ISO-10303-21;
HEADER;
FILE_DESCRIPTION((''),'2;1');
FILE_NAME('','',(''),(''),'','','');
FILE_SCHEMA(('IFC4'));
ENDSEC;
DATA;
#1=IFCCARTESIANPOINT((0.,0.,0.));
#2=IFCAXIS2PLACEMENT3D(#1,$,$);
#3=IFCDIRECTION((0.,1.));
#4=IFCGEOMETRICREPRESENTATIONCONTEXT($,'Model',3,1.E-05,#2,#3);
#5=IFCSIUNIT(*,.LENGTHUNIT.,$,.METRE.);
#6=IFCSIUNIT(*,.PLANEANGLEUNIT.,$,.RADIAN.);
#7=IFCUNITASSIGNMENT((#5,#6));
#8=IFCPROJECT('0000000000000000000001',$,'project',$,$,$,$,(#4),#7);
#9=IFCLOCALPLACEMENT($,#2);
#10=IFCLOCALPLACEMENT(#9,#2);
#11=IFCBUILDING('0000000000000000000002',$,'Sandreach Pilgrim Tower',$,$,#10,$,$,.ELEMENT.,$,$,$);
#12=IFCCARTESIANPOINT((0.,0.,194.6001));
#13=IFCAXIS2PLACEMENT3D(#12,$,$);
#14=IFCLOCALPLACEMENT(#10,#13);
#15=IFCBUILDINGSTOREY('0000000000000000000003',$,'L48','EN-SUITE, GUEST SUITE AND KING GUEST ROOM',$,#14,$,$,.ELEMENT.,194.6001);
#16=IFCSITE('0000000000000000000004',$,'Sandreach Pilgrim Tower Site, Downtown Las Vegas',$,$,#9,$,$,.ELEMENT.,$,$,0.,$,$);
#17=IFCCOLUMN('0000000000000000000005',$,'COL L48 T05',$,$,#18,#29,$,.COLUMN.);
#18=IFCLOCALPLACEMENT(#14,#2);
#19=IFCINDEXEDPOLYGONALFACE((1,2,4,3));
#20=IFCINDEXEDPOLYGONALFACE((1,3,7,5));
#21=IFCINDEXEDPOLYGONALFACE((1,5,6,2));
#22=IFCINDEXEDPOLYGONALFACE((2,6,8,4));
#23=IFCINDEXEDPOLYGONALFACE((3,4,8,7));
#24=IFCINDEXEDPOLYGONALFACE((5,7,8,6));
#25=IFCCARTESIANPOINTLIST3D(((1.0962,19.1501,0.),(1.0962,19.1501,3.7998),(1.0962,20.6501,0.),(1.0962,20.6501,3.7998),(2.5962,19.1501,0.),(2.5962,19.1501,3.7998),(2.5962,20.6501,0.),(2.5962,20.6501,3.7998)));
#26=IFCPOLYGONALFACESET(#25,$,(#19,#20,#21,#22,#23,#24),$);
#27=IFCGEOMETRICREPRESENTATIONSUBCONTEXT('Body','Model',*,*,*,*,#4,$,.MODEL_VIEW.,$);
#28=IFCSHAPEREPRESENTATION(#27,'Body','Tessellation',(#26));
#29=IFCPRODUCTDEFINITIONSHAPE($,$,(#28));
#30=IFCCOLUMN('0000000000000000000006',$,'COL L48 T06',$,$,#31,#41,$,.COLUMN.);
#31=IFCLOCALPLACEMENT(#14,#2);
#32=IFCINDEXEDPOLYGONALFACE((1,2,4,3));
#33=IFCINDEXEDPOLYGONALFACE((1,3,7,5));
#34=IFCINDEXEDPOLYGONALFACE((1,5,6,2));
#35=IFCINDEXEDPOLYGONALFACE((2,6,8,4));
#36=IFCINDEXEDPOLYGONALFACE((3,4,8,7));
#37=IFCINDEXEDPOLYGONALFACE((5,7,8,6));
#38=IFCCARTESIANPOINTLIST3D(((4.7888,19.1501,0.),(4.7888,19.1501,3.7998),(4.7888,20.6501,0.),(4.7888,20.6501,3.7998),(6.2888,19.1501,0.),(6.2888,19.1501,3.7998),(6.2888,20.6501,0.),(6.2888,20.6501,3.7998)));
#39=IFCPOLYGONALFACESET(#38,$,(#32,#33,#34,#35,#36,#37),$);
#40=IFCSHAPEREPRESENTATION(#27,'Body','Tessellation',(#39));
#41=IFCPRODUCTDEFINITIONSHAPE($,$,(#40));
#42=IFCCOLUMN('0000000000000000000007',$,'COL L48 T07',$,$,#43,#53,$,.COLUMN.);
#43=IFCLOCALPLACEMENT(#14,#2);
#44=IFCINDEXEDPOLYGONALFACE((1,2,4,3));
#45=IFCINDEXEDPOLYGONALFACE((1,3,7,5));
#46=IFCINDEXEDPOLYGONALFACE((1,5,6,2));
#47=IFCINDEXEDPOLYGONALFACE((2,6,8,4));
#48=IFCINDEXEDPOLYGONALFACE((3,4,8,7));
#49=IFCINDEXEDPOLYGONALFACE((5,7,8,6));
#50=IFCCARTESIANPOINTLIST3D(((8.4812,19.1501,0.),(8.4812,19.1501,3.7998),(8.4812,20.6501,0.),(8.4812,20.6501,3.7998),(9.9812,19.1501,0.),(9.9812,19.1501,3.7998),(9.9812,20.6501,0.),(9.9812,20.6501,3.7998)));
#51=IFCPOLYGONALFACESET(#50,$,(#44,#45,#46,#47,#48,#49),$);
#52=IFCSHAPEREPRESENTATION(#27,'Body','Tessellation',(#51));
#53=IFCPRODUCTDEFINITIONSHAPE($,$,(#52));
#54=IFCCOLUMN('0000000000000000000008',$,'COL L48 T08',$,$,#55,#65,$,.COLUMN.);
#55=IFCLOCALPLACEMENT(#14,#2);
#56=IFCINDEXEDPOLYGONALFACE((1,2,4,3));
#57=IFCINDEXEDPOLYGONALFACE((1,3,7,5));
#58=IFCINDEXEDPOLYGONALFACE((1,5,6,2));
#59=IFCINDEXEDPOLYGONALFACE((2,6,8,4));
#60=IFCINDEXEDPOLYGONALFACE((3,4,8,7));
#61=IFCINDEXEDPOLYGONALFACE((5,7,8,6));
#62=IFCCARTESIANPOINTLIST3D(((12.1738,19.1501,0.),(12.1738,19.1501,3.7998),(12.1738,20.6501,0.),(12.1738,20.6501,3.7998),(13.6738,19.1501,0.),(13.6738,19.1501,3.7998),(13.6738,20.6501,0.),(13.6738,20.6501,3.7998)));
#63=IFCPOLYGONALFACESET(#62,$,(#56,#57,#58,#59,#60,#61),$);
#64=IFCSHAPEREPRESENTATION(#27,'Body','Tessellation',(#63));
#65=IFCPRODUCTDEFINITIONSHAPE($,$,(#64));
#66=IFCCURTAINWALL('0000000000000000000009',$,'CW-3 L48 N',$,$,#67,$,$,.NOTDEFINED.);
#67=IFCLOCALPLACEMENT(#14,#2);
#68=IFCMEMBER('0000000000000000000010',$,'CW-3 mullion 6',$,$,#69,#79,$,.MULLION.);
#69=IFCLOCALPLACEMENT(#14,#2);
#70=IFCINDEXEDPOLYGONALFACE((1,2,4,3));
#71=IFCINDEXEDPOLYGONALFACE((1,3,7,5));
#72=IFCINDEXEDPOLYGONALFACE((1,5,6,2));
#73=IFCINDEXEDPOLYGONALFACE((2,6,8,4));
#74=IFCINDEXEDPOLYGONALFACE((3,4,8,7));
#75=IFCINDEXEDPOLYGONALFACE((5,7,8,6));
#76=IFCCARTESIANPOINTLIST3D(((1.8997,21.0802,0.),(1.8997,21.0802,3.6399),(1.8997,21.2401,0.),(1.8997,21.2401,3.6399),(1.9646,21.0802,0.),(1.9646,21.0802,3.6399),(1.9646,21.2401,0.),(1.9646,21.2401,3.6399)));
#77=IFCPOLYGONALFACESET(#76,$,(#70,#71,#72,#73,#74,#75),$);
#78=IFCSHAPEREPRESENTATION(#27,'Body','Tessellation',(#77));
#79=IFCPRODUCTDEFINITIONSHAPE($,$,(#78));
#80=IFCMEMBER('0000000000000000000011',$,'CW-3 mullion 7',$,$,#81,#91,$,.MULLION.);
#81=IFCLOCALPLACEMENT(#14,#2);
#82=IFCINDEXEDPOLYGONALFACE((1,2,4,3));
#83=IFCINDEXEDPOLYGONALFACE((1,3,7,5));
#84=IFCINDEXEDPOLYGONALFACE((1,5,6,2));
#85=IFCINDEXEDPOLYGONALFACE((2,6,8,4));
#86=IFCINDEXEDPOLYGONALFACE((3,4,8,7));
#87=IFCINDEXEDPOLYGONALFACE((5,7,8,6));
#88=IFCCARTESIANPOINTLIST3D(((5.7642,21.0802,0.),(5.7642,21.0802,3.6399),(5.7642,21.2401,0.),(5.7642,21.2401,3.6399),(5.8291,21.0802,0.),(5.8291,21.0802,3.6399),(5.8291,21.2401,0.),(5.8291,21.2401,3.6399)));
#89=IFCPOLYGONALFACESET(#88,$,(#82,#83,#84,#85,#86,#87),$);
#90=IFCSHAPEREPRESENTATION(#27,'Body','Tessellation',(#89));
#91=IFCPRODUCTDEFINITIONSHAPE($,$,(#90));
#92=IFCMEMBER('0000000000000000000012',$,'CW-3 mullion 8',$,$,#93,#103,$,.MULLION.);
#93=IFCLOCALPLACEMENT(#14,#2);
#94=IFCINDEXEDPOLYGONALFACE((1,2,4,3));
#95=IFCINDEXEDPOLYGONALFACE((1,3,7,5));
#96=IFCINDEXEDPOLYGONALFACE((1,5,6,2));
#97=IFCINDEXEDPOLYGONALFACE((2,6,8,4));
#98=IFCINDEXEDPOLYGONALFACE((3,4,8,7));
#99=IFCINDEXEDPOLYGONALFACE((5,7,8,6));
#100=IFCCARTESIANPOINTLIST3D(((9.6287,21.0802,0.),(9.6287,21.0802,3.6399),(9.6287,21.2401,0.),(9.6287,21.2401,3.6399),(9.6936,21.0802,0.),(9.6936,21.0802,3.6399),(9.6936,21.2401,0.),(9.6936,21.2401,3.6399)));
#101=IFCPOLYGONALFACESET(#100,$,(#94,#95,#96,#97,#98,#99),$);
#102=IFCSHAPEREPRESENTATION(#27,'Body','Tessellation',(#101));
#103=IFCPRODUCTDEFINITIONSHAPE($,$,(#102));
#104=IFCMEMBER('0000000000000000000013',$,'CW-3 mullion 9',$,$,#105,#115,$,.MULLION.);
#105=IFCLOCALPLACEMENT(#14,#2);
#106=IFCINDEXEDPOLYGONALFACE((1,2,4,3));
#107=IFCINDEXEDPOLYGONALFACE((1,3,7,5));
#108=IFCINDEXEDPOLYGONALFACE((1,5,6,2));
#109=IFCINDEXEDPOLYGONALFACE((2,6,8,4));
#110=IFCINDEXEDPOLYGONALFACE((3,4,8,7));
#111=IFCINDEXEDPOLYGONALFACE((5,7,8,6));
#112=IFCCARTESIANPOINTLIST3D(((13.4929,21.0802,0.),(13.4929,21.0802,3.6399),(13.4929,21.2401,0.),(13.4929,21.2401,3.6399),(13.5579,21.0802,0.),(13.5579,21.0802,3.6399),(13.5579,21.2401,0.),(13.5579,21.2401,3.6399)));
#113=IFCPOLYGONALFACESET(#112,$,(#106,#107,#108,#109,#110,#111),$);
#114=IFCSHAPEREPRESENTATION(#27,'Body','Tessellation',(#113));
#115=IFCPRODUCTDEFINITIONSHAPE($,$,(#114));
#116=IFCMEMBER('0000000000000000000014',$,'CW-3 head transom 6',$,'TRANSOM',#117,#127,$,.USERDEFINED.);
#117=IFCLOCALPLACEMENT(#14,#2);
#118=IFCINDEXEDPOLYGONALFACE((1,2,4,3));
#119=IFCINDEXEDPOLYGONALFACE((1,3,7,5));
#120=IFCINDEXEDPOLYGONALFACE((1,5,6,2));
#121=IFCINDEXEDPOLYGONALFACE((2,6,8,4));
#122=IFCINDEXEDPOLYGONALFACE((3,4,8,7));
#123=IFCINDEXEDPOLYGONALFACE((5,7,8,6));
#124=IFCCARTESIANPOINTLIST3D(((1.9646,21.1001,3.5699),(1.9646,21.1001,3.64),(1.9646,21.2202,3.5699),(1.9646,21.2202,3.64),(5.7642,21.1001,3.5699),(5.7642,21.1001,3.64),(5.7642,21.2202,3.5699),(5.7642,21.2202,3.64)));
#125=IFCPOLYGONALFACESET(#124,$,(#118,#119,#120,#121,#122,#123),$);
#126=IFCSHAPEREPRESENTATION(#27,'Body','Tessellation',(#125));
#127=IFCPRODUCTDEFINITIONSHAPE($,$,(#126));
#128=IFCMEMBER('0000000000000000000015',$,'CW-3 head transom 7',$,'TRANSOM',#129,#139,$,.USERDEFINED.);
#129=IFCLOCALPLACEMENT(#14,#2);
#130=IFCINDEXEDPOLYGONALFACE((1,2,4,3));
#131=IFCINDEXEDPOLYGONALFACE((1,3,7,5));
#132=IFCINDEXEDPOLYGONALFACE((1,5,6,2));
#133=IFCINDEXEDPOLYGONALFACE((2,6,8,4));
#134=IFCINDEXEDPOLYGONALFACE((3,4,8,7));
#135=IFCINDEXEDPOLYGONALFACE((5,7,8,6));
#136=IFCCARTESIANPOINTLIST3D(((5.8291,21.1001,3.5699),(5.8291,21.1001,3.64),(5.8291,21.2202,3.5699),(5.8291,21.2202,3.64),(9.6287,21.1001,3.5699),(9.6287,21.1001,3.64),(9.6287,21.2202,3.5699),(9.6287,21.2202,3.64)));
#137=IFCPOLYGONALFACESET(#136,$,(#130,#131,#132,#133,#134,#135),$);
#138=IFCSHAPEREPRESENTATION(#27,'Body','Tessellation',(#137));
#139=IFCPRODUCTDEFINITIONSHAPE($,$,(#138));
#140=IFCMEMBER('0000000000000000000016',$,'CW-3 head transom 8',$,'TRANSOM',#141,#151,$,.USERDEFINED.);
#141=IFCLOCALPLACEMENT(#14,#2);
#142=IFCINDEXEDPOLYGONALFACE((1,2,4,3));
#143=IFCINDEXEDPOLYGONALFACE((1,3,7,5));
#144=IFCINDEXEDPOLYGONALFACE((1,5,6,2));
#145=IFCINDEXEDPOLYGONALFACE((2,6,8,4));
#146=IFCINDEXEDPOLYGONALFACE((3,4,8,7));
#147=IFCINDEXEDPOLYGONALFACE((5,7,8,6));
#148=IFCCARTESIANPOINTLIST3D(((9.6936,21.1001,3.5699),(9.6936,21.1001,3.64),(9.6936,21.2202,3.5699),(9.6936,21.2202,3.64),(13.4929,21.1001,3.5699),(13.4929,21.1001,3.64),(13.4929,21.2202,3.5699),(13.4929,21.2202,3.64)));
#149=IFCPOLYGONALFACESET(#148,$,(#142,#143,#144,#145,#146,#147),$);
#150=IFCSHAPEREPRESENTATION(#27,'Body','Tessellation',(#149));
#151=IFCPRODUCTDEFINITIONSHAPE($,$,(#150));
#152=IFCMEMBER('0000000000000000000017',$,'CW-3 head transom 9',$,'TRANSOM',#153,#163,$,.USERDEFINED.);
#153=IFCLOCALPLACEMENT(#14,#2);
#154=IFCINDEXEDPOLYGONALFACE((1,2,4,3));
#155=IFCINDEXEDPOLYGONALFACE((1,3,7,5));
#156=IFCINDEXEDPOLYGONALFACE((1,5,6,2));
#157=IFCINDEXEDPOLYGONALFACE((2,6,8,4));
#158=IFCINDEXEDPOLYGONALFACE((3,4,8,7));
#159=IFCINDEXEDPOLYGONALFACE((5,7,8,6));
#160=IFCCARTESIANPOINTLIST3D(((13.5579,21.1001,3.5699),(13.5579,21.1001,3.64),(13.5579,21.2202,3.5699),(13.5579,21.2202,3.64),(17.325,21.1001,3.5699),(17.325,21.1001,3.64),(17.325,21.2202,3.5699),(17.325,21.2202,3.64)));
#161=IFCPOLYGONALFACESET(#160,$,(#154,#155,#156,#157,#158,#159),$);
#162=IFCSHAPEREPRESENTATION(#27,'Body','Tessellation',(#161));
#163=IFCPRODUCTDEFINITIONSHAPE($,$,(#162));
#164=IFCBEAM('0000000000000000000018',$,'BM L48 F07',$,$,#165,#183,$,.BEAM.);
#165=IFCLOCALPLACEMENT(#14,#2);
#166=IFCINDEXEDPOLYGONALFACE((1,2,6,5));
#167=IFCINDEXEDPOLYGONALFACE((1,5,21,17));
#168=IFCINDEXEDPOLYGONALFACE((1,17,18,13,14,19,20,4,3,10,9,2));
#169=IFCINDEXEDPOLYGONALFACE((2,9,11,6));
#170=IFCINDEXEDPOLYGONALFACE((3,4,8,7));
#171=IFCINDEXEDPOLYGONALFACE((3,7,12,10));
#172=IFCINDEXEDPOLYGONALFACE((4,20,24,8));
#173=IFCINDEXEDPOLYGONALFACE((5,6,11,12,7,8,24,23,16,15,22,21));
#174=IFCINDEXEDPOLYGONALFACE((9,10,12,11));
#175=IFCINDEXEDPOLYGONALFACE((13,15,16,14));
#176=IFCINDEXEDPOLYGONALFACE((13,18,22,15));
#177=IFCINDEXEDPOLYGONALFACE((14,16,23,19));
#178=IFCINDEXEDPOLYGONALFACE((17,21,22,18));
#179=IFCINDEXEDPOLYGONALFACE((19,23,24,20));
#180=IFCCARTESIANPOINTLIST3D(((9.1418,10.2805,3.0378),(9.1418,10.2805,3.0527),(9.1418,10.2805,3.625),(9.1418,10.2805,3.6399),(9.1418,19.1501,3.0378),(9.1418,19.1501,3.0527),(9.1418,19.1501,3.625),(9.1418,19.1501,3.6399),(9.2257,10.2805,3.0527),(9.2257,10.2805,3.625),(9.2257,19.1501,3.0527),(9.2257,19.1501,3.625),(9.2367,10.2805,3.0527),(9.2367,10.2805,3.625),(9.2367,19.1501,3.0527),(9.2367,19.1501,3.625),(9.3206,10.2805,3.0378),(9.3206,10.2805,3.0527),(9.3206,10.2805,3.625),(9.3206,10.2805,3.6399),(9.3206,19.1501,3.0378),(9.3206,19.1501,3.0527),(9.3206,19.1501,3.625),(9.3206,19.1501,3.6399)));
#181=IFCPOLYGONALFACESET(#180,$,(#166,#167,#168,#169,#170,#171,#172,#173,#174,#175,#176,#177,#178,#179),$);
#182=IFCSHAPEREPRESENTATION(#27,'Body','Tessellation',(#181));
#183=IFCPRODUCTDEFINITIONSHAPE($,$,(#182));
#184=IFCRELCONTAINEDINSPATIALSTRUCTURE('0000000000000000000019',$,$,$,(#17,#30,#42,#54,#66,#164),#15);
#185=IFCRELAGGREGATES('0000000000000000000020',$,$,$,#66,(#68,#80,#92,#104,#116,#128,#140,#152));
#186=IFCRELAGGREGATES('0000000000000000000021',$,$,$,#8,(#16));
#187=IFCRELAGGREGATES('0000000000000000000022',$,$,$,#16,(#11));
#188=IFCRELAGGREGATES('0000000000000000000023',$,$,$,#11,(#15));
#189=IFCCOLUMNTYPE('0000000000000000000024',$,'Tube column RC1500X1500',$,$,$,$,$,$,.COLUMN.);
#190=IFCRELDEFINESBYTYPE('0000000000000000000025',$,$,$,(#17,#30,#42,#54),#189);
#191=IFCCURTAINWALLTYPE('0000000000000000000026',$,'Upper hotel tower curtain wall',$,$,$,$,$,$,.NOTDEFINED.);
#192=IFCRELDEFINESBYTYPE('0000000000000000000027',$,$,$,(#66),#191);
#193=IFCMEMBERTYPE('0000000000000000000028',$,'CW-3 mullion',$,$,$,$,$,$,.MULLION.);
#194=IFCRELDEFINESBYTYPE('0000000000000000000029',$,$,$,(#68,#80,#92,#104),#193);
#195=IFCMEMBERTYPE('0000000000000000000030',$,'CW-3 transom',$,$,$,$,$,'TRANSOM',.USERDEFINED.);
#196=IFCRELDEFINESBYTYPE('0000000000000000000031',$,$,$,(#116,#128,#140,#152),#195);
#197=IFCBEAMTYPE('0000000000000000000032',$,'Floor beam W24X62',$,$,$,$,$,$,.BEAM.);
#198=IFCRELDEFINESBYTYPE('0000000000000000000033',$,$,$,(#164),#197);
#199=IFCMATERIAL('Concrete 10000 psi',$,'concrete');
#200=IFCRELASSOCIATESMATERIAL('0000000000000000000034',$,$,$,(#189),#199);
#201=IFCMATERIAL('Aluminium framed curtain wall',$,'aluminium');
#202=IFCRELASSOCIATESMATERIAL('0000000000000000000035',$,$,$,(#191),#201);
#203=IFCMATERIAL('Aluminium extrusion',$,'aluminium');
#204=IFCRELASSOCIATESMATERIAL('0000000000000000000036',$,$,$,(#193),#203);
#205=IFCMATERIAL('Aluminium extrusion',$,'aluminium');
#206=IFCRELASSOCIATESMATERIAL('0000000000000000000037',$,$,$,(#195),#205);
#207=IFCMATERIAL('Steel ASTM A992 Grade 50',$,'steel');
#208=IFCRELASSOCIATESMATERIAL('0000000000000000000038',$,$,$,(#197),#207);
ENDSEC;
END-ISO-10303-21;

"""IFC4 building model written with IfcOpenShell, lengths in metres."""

from ifc_helpers import new_model, si_unit, direction, frame, origin, origin_2d, place, context, subcontext, project, spatial, rectangle, i_section, extrude, material, material_profile, profile_set, type_object, element, aggregate, save


model = new_model("IFC4")

# Units and contexts
model_context = context("Model", 3, precision=1e-05, world=origin(), true_north=direction((0.0, 1.0)))
body_context = subcontext(model_context, "Body", "Model", "MODEL_VIEW")
ifc_project = project(units=[si_unit("LENGTHUNIT", "METRE"), si_unit("PLANEANGLEUNIT", "RADIAN")], contexts=[model_context])

# Site, building, storey
site_placement = place(None, origin())
site = spatial("IfcSite", under=ifc_project, at=site_placement, Name="Sandreach Pilgrim Tower Site, Downtown Las Vegas", CompositionType="ELEMENT", RefElevation=0.0)
building_placement = place(site_placement, origin())
building = spatial("IfcBuilding", under=site, at=building_placement, Name="Sandreach Pilgrim Tower", CompositionType="ELEMENT")
storey_placement = place(building_placement, frame((0.0, 0.0, 194.6001)))
storey = spatial("IfcBuildingStorey", under=building, at=storey_placement, Name="L48", Description="EN-SUITE, GUEST SUITE AND KING GUEST ROOM", CompositionType="ELEMENT", Elevation=194.6001)

# Columns
ifc_material_1 = material(Name="Concrete 10000 psi", Category="concrete")
ifc_material_profile_1 = material_profile(ifc_material_1, rectangle(XDim=1.5, YDim=1.5, at=origin_2d()), Name="RC1500X1500")
ifc_profile_set_1 = profile_set([ifc_material_profile_1], Name="Concrete 10000 psi")
column_type = type_object("IfcColumnType", Name="Tube column RC1500X1500", PredefinedType="COLUMN", material=ifc_profile_set_1)
for number, where, z_axis, x_axis, name in (
    (1, (1.8462, 19.9001, 0.0), (0.0, 0.0, 1.0), (0.0, 1.0, 0.0), "COL L48 T05"),
    (2, (5.5388, 19.9001, 0.0), (0.0, 0.0, 1.0), (0.0, 1.0, 0.0), "COL L48 T06"),
    (3, (9.2312, 19.9001, 0.0), (0.0, 0.0, 1.0), (0.0, 1.0, 0.0), "COL L48 T07"),
    (4, (12.9238, 19.9001, 0.0), (0.0, 0.0, 1.0), (0.0, 1.0, 0.0), "COL L48 T08"),
):
    element("IfcColumn", number, at=place(storey_placement, frame(where, z_axis=z_axis, x_axis=x_axis)), inside=storey, type_object=column_type, Name=name, PredefinedType="COLUMN", context=body_context, shape_type="SweptSolid", body=[
        extrude(rectangle(XDim=1.5, YDim=1.5, at=origin_2d()), origin(), (0.0, 0.0, 1.0), 3.7998),
    ])

# Curtain wall, members
ifc_material_2 = material(Name="Aluminium framed curtain wall", Category="aluminium")
curtain_wall_type = type_object("IfcCurtainWallType", Name="Upper hotel tower curtain wall", PredefinedType="NOTDEFINED", material=ifc_material_2)
curtain_wall_placement = place(storey_placement, origin())
curtain_wall = element("IfcCurtainWall", 5, at=curtain_wall_placement, inside=storey, type_object=curtain_wall_type, Name="CW-3 L48 N", PredefinedType="NOTDEFINED")
ifc_material_3 = material(Name="Aluminium extrusion", Category="aluminium")
ifc_material_profile_2 = material_profile(ifc_material_3, rectangle(XDim=0.0649, YDim=0.1599, at=origin_2d()), Name="CW-3M 65X160")
ifc_profile_set_2 = profile_set([ifc_material_profile_2], Name="Aluminium extrusion")
member_type_1 = type_object("IfcMemberType", Name="CW-3 mullion", PredefinedType="MULLION", material=ifc_profile_set_2)
member_1_placement = place(storey_placement, frame((1.9321, 21.1602, 0.0), z_axis=(0.0, 0.0, 1.0), x_axis=(1.0, 0.0, 0.0)))
member_1 = element("IfcMember", 6, at=member_1_placement, type_object=member_type_1, Name="CW-3 mullion 6", PredefinedType="MULLION", context=body_context, shape_type="SweptSolid", body=[
    extrude(rectangle(XDim=0.0649, YDim=0.1599, at=origin_2d()), origin(), (0.0, 0.0, 1.0), 3.6399),
])
member_2_placement = place(storey_placement, frame((5.7966, 21.1602, 0.0), z_axis=(0.0, 0.0, 1.0), x_axis=(1.0, 0.0, 0.0)))
member_2 = element("IfcMember", 7, at=member_2_placement, type_object=member_type_1, Name="CW-3 mullion 7", PredefinedType="MULLION", context=body_context, shape_type="SweptSolid", body=[
    extrude(rectangle(XDim=0.0649, YDim=0.1599, at=origin_2d()), origin(), (0.0, 0.0, 1.0), 3.6399),
])
member_3_placement = place(storey_placement, frame((9.6611, 21.1602, 0.0), z_axis=(0.0, 0.0, 1.0), x_axis=(1.0, 0.0, 0.0)))
member_3 = element("IfcMember", 8, at=member_3_placement, type_object=member_type_1, Name="CW-3 mullion 8", PredefinedType="MULLION", context=body_context, shape_type="SweptSolid", body=[
    extrude(rectangle(XDim=0.0649, YDim=0.1599, at=origin_2d()), origin(), (0.0, 0.0, 1.0), 3.6399),
])
member_4_placement = place(storey_placement, frame((13.5254, 21.1602, 0.0), z_axis=(0.0, 0.0, 1.0), x_axis=(1.0, 0.0, 0.0)))
member_4 = element("IfcMember", 9, at=member_4_placement, type_object=member_type_1, Name="CW-3 mullion 9", PredefinedType="MULLION", context=body_context, shape_type="SweptSolid", body=[
    extrude(rectangle(XDim=0.0649, YDim=0.1599, at=origin_2d()), origin(), (0.0, 0.0, 1.0), 3.6399),
])
ifc_material_4 = material(Name="Aluminium extrusion", Category="aluminium")
ifc_material_profile_3 = material_profile(ifc_material_4, rectangle(XDim=0.1201, YDim=0.0701, at=origin_2d()), Name="CW-3T 120X70")
ifc_profile_set_3 = profile_set([ifc_material_profile_3], Name="Aluminium extrusion")
member_type_2 = type_object("IfcMemberType", Name="CW-3 transom", ElementType="TRANSOM", PredefinedType="USERDEFINED", material=ifc_profile_set_3)
member_5_placement = place(storey_placement, frame((1.9646, 21.1602, 3.605), z_axis=(1.0, 0.0, 0.0), x_axis=(0.0, 1.0, 0.0)))
member_5 = element("IfcMember", 10, at=member_5_placement, type_object=member_type_2, Name="CW-3 head transom 6", ObjectType="TRANSOM", PredefinedType="USERDEFINED", context=body_context, shape_type="SweptSolid", body=[
    extrude(rectangle(XDim=0.1201, YDim=0.0701, at=origin_2d()), origin(), (0.0, 0.0, 1.0), 3.7996),
])
member_6_placement = place(storey_placement, frame((5.8291, 21.1602, 3.605), z_axis=(1.0, 0.0, 0.0), x_axis=(0.0, 1.0, 0.0)))
member_6 = element("IfcMember", 11, at=member_6_placement, type_object=member_type_2, Name="CW-3 head transom 7", ObjectType="TRANSOM", PredefinedType="USERDEFINED", context=body_context, shape_type="SweptSolid", body=[
    extrude(rectangle(XDim=0.1201, YDim=0.0701, at=origin_2d()), origin(), (0.0, 0.0, 1.0), 3.7996),
])
member_7_placement = place(storey_placement, frame((9.6936, 21.1602, 3.605), z_axis=(1.0, 0.0, 0.0), x_axis=(0.0, 1.0, 0.0)))
member_7 = element("IfcMember", 12, at=member_7_placement, type_object=member_type_2, Name="CW-3 head transom 8", ObjectType="TRANSOM", PredefinedType="USERDEFINED", context=body_context, shape_type="SweptSolid", body=[
    extrude(rectangle(XDim=0.1201, YDim=0.0701, at=origin_2d()), origin(), (0.0, 0.0, 1.0), 3.7993),
])
member_8_placement = place(storey_placement, frame((13.5579, 21.1602, 3.605), z_axis=(1.0, 0.0, 0.0), x_axis=(0.0, 1.0, 0.0)))
member_8 = element("IfcMember", 13, at=member_8_placement, type_object=member_type_2, Name="CW-3 head transom 9", ObjectType="TRANSOM", PredefinedType="USERDEFINED", context=body_context, shape_type="SweptSolid", body=[
    extrude(rectangle(XDim=0.1201, YDim=0.0701, at=origin_2d()), origin(), (0.0, 0.0, 1.0), 3.7671),
])

# Beam
ifc_material_5 = material(Name="Steel ASTM A992 Grade 50", Category="steel")
ifc_material_profile_4 = material_profile(ifc_material_5, i_section(OverallWidth=0.1787, OverallDepth=0.6021, WebThickness=0.011, FlangeThickness=0.0149, at=origin_2d()), Name="W24X62")
ifc_profile_set_4 = profile_set([ifc_material_profile_4], Name="Steel ASTM A992 Grade 50")
beam_type_1 = type_object("IfcBeamType", Name="Floor beam W24X62", PredefinedType="BEAM", material=ifc_profile_set_4)
beam_1_placement = place(storey_placement, frame((9.2312, 19.1501, 3.3389), z_axis=(0.0, -1.0, 0.0), x_axis=(1.0, 0.0, 0.0)))
element("IfcBeam", 14, at=beam_1_placement, inside=storey, type_object=beam_type_1, Name="BM L48 F07", PredefinedType="BEAM", context=body_context, shape_type="SweptSolid", body=[
    extrude(i_section(OverallWidth=0.1787, OverallDepth=0.6021, WebThickness=0.011, FlangeThickness=0.0149, at=origin_2d()), origin(), (0.0, 0.0, 1.0), 8.8696),
])

aggregate(curtain_wall, [member_1, member_2, member_3, member_4, member_5, member_6, member_7, member_8])

save(model, "model.ifc")
